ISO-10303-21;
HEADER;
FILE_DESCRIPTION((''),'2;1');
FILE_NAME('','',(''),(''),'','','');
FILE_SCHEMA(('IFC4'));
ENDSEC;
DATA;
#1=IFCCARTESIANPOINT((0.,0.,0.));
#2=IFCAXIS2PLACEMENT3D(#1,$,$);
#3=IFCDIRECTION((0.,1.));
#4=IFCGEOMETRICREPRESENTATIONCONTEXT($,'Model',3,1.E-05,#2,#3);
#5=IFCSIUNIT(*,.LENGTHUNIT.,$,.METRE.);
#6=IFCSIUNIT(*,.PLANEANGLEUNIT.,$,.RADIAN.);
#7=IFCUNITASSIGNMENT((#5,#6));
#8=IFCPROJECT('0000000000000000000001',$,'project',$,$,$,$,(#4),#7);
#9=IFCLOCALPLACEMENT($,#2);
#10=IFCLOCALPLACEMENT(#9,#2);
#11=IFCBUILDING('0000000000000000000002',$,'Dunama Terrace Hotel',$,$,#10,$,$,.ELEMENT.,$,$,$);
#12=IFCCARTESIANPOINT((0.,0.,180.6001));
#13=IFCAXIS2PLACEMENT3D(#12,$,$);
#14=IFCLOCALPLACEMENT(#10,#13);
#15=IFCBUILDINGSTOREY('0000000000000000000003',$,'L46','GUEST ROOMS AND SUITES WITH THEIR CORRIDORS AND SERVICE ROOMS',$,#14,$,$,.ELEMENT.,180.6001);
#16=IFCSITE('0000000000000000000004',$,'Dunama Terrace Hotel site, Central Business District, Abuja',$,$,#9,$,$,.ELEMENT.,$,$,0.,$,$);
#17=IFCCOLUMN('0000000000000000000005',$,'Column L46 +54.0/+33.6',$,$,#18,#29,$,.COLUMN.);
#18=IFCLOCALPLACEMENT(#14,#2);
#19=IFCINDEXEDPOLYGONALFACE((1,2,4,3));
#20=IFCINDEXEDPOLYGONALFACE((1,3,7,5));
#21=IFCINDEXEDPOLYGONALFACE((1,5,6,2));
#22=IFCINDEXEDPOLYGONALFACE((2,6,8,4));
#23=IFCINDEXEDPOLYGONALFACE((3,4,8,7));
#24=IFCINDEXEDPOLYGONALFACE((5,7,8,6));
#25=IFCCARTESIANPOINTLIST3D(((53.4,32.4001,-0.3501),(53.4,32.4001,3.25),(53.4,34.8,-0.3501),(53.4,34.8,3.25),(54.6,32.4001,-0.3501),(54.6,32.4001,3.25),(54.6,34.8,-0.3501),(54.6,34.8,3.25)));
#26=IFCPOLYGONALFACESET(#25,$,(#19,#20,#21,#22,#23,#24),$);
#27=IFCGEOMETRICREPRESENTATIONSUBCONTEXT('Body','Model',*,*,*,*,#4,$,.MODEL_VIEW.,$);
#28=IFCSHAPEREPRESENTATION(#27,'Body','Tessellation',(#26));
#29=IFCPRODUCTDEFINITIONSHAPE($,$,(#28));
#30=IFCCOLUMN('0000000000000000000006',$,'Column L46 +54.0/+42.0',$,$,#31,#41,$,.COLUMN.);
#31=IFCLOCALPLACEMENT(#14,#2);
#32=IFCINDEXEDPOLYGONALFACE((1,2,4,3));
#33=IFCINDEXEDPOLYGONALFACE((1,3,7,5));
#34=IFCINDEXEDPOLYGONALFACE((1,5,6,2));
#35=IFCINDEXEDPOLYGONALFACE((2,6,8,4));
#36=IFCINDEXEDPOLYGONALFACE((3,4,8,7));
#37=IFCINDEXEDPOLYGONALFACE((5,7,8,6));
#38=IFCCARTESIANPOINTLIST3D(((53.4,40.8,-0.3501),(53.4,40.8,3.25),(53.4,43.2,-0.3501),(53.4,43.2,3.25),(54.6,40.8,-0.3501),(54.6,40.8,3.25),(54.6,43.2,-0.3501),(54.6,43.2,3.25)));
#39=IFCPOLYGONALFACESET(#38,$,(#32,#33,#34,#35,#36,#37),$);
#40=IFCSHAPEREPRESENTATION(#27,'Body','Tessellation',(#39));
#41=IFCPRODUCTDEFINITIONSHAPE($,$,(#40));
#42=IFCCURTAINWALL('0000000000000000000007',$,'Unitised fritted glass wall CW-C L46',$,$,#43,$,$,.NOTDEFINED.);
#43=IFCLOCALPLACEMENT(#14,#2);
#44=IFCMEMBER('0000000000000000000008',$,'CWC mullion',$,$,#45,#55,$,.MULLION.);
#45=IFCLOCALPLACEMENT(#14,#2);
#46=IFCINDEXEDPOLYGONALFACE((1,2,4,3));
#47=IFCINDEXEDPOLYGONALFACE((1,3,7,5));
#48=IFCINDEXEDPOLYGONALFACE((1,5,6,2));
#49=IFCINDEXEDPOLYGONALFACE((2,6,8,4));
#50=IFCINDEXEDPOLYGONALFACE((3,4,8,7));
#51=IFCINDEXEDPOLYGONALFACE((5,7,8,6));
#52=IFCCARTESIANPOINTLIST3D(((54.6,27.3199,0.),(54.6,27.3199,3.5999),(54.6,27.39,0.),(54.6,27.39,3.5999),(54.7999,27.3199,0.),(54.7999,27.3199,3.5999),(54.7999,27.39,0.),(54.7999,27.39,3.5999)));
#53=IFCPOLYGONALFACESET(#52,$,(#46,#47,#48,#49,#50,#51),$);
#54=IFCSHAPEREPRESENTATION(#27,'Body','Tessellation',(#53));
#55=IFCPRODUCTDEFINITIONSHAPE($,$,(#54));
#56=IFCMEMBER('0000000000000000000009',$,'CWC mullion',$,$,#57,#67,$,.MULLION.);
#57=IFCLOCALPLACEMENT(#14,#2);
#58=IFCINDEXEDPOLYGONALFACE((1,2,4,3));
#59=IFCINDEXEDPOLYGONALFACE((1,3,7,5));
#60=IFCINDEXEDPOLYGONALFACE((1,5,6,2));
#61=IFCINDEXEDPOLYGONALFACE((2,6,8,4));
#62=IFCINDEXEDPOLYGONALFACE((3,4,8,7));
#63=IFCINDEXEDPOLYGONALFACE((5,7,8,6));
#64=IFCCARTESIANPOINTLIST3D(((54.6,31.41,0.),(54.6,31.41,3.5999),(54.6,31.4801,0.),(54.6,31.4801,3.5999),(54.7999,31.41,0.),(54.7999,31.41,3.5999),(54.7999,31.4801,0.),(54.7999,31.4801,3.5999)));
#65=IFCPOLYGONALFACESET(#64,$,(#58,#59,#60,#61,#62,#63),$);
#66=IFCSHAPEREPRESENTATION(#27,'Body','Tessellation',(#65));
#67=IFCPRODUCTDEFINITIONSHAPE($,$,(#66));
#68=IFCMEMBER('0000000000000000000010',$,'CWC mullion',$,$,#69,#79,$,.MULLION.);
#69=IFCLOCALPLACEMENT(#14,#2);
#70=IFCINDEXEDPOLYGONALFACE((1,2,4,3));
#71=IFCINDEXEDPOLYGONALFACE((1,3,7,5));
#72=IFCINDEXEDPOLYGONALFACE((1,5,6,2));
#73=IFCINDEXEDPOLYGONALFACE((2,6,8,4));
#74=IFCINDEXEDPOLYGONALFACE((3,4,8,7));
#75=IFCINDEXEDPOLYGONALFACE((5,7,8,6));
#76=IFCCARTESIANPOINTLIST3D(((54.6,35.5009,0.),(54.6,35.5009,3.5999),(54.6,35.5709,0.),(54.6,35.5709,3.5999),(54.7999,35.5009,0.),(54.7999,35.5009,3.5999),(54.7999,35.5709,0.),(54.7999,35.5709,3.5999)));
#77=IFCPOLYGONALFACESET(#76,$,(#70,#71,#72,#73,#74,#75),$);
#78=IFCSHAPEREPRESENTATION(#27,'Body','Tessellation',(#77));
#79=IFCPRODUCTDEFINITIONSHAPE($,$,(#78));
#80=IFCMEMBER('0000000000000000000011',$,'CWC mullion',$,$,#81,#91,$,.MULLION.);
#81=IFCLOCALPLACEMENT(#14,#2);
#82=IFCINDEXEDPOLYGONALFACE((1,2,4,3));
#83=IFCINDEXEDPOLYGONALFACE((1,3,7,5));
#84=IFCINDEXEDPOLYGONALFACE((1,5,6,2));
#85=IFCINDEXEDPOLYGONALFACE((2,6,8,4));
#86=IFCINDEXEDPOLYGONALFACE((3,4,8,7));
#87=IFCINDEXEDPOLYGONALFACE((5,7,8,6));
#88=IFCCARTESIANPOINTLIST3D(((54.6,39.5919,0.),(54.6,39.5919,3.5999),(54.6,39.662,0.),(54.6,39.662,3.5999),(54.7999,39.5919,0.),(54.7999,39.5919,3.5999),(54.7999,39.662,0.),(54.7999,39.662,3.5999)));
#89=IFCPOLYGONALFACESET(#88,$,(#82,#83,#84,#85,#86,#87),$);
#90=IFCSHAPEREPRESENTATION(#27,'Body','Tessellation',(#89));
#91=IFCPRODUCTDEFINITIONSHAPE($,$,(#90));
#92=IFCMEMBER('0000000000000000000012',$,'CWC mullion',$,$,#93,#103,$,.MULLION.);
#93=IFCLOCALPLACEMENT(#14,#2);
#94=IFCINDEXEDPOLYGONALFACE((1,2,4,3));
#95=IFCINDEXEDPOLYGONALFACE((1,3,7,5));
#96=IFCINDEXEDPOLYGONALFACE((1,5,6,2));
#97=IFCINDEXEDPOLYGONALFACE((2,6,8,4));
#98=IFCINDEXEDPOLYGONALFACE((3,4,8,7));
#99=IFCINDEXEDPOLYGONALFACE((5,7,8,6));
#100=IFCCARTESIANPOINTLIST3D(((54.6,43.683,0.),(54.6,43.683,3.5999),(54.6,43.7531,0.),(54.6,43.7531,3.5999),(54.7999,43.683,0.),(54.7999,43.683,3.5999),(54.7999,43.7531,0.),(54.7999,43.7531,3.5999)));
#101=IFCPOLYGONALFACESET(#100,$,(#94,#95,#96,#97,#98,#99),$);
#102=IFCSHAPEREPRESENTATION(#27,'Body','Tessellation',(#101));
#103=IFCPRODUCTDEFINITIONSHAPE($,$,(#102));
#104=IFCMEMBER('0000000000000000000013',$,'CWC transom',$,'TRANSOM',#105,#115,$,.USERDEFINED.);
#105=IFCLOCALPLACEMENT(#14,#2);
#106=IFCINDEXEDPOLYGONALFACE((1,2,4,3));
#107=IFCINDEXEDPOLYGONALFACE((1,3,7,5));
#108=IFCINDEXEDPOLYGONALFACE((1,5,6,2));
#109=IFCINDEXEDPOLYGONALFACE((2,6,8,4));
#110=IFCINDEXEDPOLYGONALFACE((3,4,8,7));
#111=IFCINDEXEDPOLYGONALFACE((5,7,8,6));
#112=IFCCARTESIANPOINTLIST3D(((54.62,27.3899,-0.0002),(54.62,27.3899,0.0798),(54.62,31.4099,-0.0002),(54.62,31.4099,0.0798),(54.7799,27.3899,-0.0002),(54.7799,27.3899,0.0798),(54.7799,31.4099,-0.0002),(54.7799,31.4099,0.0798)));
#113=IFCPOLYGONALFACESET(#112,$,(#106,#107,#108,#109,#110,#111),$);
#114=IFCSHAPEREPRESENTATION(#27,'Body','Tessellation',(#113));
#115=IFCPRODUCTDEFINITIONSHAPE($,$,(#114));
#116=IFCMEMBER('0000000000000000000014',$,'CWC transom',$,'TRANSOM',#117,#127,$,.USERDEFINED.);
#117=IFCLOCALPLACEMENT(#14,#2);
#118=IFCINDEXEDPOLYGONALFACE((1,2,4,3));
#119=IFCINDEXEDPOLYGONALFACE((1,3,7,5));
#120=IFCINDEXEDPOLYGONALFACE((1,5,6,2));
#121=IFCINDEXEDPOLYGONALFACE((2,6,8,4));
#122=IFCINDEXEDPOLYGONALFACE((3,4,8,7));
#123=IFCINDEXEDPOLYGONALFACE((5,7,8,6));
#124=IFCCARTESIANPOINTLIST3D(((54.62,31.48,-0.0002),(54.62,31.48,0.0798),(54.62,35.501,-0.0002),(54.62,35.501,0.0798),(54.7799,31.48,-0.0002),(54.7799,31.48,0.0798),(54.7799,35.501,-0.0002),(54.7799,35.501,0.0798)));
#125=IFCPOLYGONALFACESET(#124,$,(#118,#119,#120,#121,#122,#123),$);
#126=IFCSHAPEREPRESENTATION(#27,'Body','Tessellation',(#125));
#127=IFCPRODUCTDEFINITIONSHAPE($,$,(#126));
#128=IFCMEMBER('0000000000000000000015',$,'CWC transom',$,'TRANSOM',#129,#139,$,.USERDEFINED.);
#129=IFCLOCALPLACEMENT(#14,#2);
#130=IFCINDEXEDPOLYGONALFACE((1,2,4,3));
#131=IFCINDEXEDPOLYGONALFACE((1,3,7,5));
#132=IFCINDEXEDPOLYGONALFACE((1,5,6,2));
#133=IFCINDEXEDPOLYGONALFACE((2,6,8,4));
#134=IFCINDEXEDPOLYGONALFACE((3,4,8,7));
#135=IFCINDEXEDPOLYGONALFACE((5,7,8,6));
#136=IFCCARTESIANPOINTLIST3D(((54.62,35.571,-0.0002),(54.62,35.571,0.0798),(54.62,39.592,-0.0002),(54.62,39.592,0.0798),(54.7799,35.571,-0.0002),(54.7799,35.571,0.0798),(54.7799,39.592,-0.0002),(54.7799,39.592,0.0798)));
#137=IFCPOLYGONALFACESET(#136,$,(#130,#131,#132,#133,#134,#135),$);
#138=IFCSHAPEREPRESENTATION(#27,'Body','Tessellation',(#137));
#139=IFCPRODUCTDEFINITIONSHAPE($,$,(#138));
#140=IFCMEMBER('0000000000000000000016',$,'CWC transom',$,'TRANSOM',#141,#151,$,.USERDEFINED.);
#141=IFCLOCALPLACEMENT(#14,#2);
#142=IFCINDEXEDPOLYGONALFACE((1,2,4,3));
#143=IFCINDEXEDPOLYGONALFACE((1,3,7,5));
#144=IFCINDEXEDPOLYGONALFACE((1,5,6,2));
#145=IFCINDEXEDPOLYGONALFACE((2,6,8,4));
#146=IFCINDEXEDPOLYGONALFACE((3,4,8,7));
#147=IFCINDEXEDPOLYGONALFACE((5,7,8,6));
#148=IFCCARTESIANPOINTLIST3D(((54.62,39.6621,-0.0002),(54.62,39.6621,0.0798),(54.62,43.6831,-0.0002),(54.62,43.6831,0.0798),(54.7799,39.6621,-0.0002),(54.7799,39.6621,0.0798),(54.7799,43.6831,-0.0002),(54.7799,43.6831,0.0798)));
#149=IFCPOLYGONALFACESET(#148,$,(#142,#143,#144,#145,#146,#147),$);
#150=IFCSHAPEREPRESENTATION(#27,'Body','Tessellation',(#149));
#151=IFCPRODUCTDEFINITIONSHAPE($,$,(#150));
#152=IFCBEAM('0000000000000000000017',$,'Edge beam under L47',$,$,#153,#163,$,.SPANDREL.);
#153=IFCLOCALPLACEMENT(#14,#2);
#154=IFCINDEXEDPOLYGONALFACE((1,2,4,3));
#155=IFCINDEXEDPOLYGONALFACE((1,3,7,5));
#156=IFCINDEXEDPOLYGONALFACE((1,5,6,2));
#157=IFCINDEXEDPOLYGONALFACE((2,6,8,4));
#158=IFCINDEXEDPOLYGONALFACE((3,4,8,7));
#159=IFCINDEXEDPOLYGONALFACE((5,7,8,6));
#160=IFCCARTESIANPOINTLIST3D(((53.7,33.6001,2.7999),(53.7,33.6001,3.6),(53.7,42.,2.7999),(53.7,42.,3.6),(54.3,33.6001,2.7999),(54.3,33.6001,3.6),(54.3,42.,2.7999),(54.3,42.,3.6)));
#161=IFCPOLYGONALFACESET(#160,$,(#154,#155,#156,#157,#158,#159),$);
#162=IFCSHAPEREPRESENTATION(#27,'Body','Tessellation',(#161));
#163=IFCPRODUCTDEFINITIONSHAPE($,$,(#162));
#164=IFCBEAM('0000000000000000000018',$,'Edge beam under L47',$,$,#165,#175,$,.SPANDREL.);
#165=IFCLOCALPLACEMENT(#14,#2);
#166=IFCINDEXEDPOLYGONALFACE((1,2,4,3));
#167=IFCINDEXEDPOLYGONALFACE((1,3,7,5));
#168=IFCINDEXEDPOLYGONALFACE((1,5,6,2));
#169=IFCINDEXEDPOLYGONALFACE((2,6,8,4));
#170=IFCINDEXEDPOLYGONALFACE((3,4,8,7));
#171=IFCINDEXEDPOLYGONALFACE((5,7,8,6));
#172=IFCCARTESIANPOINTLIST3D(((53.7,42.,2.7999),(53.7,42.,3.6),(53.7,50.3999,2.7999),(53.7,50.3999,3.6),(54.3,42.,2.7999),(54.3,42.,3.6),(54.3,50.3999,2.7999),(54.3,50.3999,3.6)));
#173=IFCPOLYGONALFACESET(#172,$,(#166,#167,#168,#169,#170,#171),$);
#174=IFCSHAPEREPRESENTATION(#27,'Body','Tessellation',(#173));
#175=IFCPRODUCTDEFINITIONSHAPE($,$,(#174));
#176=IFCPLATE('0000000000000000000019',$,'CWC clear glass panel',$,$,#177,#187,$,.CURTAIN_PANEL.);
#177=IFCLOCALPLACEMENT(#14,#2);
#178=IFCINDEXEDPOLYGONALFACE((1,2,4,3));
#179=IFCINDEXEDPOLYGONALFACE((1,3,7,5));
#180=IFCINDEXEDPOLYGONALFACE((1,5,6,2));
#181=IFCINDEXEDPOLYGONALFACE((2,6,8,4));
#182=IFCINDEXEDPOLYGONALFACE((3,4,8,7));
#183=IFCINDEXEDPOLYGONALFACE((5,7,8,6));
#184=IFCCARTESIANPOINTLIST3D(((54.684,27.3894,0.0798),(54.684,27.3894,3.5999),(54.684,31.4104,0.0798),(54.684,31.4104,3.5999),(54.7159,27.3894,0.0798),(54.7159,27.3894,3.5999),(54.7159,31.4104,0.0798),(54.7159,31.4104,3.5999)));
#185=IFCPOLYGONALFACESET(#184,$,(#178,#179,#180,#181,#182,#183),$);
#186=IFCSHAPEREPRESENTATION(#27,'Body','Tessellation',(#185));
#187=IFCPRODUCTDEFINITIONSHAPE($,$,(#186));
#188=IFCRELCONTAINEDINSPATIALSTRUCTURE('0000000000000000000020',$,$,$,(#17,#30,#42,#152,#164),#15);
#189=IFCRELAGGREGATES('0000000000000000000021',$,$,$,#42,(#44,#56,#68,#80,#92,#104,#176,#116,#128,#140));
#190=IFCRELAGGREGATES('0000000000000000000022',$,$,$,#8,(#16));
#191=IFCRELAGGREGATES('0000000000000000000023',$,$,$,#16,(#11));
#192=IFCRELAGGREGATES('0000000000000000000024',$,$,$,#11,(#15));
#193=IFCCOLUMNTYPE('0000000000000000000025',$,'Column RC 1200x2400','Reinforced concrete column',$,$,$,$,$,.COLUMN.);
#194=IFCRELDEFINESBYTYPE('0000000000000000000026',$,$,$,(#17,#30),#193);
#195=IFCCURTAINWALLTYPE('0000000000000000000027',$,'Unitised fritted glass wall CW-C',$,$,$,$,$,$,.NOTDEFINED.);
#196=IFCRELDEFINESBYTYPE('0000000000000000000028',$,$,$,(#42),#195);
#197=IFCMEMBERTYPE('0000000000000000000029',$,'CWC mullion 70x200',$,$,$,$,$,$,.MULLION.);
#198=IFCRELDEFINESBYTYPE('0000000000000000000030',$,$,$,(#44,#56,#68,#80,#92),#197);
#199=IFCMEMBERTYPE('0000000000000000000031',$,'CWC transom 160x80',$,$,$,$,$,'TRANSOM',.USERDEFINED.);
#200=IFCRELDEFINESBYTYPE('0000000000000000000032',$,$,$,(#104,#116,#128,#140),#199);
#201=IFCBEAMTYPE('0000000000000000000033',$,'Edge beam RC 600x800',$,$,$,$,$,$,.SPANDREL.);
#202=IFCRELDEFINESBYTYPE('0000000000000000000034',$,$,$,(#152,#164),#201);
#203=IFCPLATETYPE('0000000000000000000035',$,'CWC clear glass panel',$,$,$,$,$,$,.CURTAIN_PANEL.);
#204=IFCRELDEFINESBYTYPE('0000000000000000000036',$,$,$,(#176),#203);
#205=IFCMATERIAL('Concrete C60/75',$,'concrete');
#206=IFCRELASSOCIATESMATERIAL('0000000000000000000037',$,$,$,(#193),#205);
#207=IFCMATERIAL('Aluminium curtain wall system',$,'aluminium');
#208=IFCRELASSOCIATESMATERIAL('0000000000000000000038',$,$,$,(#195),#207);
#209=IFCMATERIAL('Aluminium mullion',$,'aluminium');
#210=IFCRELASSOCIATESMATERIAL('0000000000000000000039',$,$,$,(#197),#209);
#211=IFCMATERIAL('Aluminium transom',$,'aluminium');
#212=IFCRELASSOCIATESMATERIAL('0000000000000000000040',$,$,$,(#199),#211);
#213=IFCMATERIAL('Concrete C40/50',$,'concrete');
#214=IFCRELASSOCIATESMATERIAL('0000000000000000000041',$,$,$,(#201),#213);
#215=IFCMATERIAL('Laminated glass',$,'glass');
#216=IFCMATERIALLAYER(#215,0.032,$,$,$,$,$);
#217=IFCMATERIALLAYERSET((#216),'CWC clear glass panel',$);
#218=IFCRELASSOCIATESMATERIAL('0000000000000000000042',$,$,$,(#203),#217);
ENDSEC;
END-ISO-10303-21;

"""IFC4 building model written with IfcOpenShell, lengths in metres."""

from ifc_helpers import new_model, si_unit, direction, frame, origin, origin_2d, place, context, subcontext, project, spatial, rectangle, extrude, material, layer, layer_set, material_profile, profile_set, type_object, element, aggregate, save


model = new_model("IFC4")

# Units and contexts
model_context = context("Model", 3, precision=1e-05, world=origin(), true_north=direction((0.0, 1.0)))
body_context = subcontext(model_context, "Body", "Model", "MODEL_VIEW")
ifc_project = project(units=[si_unit("LENGTHUNIT", "METRE"), si_unit("PLANEANGLEUNIT", "RADIAN")], contexts=[model_context])

# Site, building, storey
site_placement = place(None, origin())
site = spatial("IfcSite", under=ifc_project, at=site_placement, Name="Dunama Terrace Hotel site, Central Business District, Abuja", CompositionType="ELEMENT", RefElevation=0.0)
building_placement = place(site_placement, origin())
building = spatial("IfcBuilding", under=site, at=building_placement, Name="Dunama Terrace Hotel", CompositionType="ELEMENT")
storey_placement = place(building_placement, frame((0.0, 0.0, 180.6001)))
storey = spatial("IfcBuildingStorey", under=building, at=storey_placement, Name="L46", Description="GUEST ROOMS AND SUITES WITH THEIR CORRIDORS AND SERVICE ROOMS", CompositionType="ELEMENT", Elevation=180.6001)

# Columns
ifc_material_1 = material(Name="Concrete C60/75", Category="concrete")
ifc_material_profile_1 = material_profile(ifc_material_1, rectangle(XDim=1.2, YDim=2.3999, at=origin_2d()), Name="RC 1200x2400")
ifc_profile_set_1 = profile_set([ifc_material_profile_1], Name="Concrete C60/75")
column_type = type_object("IfcColumnType", Name="Column RC 1200x2400", Description="Reinforced concrete column", PredefinedType="COLUMN", material=ifc_profile_set_1)
for number, where, z_axis, x_axis, name in (
    (1, (54.0, 33.6001, -0.3501), (0.0, 0.0, 1.0), (1.0, 0.0, 0.0), "Column L46 +54.0/+33.6"),
    (2, (54.0, 42.0, -0.3501), (0.0, 0.0, 1.0), (1.0, 0.0, 0.0), "Column L46 +54.0/+42.0"),
):
    element("IfcColumn", number, at=place(storey_placement, frame(where, z_axis=z_axis, x_axis=x_axis)), inside=storey, type_object=column_type, Name=name, PredefinedType="COLUMN", context=body_context, shape_type="SweptSolid", body=[
        extrude(rectangle(XDim=1.2, YDim=2.3999, at=origin_2d()), origin(), (0.0, 0.0, 1.0), 3.6001),
    ])

# Curtain wall, members
ifc_material_2 = material(Name="Aluminium curtain wall system", Category="aluminium")
curtain_wall_type = type_object("IfcCurtainWallType", Name="Unitised fritted glass wall CW-C", PredefinedType="NOTDEFINED", material=ifc_material_2)
curtain_wall_placement = place(storey_placement, origin())
curtain_wall = element("IfcCurtainWall", 3, at=curtain_wall_placement, inside=storey, type_object=curtain_wall_type, Name="Unitised fritted glass wall CW-C L46", PredefinedType="NOTDEFINED")
ifc_material_3 = material(Name="Aluminium mullion", Category="aluminium")
ifc_material_profile_2 = material_profile(ifc_material_3, rectangle(XDim=0.0701, YDim=0.2, at=origin_2d()), Name="CWC MULLION 70X200")
ifc_profile_set_2 = profile_set([ifc_material_profile_2], Name="Aluminium mullion")
member_type_1 = type_object("IfcMemberType", Name="CWC mullion 70x200", PredefinedType="MULLION", material=ifc_profile_set_2)
member_1_placement = place(storey_placement, frame((54.7, 27.355, 0.0), z_axis=(0.0, 0.0, 1.0), x_axis=(0.0, 1.0, 0.0)))
member_1 = element("IfcMember", 4, at=member_1_placement, type_object=member_type_1, Name="CWC mullion", PredefinedType="MULLION", context=body_context, shape_type="SweptSolid", body=[
    extrude(rectangle(XDim=0.0701, YDim=0.2, at=origin_2d()), origin(), (0.0, 0.0, 1.0), 3.5999),
])
member_2_placement = place(storey_placement, frame((54.7, 31.4451, 0.0), z_axis=(0.0, 0.0, 1.0), x_axis=(0.0, 1.0, 0.0)))
member_2 = element("IfcMember", 5, at=member_2_placement, type_object=member_type_1, Name="CWC mullion", PredefinedType="MULLION", context=body_context, shape_type="SweptSolid", body=[
    extrude(rectangle(XDim=0.0701, YDim=0.2, at=origin_2d()), origin(), (0.0, 0.0, 1.0), 3.5999),
])
member_3_placement = place(storey_placement, frame((54.7, 35.5359, 0.0), z_axis=(0.0, 0.0, 1.0), x_axis=(0.0, 1.0, 0.0)))
member_3 = element("IfcMember", 6, at=member_3_placement, type_object=member_type_1, Name="CWC mullion", PredefinedType="MULLION", context=body_context, shape_type="SweptSolid", body=[
    extrude(rectangle(XDim=0.0701, YDim=0.2, at=origin_2d()), origin(), (0.0, 0.0, 1.0), 3.5999),
])
member_4_placement = place(storey_placement, frame((54.7, 39.627, 0.0), z_axis=(0.0, 0.0, 1.0), x_axis=(0.0, 1.0, 0.0)))
member_4 = element("IfcMember", 7, at=member_4_placement, type_object=member_type_1, Name="CWC mullion", PredefinedType="MULLION", context=body_context, shape_type="SweptSolid", body=[
    extrude(rectangle(XDim=0.0701, YDim=0.2, at=origin_2d()), origin(), (0.0, 0.0, 1.0), 3.5999),
])
member_5_placement = place(storey_placement, frame((54.7, 43.718, 0.0), z_axis=(0.0, 0.0, 1.0), x_axis=(0.0, 1.0, 0.0)))
member_5 = element("IfcMember", 8, at=member_5_placement, type_object=member_type_1, Name="CWC mullion", PredefinedType="MULLION", context=body_context, shape_type="SweptSolid", body=[
    extrude(rectangle(XDim=0.0701, YDim=0.2, at=origin_2d()), origin(), (0.0, 0.0, 1.0), 3.5999),
])
ifc_material_4 = material(Name="Aluminium transom", Category="aluminium")
ifc_material_profile_3 = material_profile(ifc_material_4, rectangle(XDim=0.1599, YDim=0.0801, at=origin_2d()), Name="CWC TRANSOM 160X80")
ifc_profile_set_3 = profile_set([ifc_material_profile_3], Name="Aluminium transom")
member_type_2 = type_object("IfcMemberType", Name="CWC transom 160x80", ElementType="TRANSOM", PredefinedType="USERDEFINED", material=ifc_profile_set_3)
member_6_placement = place(storey_placement, frame((54.7, 27.3899, 0.0398), z_axis=(0.0, 1.0, 0.0), x_axis=(-1.0, 0.0, 0.0)))
member_6 = element("IfcMember", 9, at=member_6_placement, type_object=member_type_2, Name="CWC transom", ObjectType="TRANSOM", PredefinedType="USERDEFINED", context=body_context, shape_type="SweptSolid", body=[
    extrude(rectangle(XDim=0.1599, YDim=0.0801, at=origin_2d()), origin(), (0.0, 0.0, 1.0), 4.02),
])
member_7_placement = place(storey_placement, frame((54.7, 31.48, 0.0398), z_axis=(0.0, 1.0, 0.0), x_axis=(-1.0, 0.0, 0.0)))
member_7 = element("IfcMember", 10, at=member_7_placement, type_object=member_type_2, Name="CWC transom", ObjectType="TRANSOM", PredefinedType="USERDEFINED", context=body_context, shape_type="SweptSolid", body=[
    extrude(rectangle(XDim=0.1599, YDim=0.0801, at=origin_2d()), origin(), (0.0, 0.0, 1.0), 4.021),
])
member_8_placement = place(storey_placement, frame((54.7, 35.571, 0.0398), z_axis=(0.0, 1.0, 0.0), x_axis=(-1.0, 0.0, 0.0)))
member_8 = element("IfcMember", 11, at=member_8_placement, type_object=member_type_2, Name="CWC transom", ObjectType="TRANSOM", PredefinedType="USERDEFINED", context=body_context, shape_type="SweptSolid", body=[
    extrude(rectangle(XDim=0.1599, YDim=0.0801, at=origin_2d()), origin(), (0.0, 0.0, 1.0), 4.021),
])
member_9_placement = place(storey_placement, frame((54.7, 39.6621, 0.0398), z_axis=(0.0, 1.0, 0.0), x_axis=(-1.0, 0.0, 0.0)))
member_9 = element("IfcMember", 12, at=member_9_placement, type_object=member_type_2, Name="CWC transom", ObjectType="TRANSOM", PredefinedType="USERDEFINED", context=body_context, shape_type="SweptSolid", body=[
    extrude(rectangle(XDim=0.1599, YDim=0.0801, at=origin_2d()), origin(), (0.0, 0.0, 1.0), 4.021),
])

# Beams
ifc_material_5 = material(Name="Concrete C40/50", Category="concrete")
ifc_material_profile_4 = material_profile(ifc_material_5, rectangle(XDim=0.6001, YDim=0.8, at=origin_2d()), Name="RC 600x800")
ifc_profile_set_4 = profile_set([ifc_material_profile_4], Name="Concrete C40/50")
beam_type = type_object("IfcBeamType", Name="Edge beam RC 600x800", PredefinedType="SPANDREL", material=ifc_profile_set_4)
for number, where, z_axis, x_axis, name in (
    (13, (54.0, 33.6001, 3.2), (0.0, 1.0, 0.0), (-1.0, 0.0, 0.0), "Edge beam under L47"),
    (14, (54.0, 42.0, 3.2), (0.0, 1.0, 0.0), (-1.0, 0.0, 0.0), "Edge beam under L47"),
):
    element("IfcBeam", number, at=place(storey_placement, frame(where, z_axis=z_axis, x_axis=x_axis)), inside=storey, type_object=beam_type, Name=name, PredefinedType="SPANDREL", context=body_context, shape_type="SweptSolid", body=[
        extrude(rectangle(XDim=0.6001, YDim=0.8, at=origin_2d()), origin(), (0.0, 0.0, 1.0), 8.3999),
    ])

# Plate
ifc_material_6 = material(Name="Laminated glass", Category="glass")
ifc_layer_1 = layer(ifc_material_6, 0.032)
ifc_layer_set_1 = layer_set([ifc_layer_1], Name="CWC clear glass panel")
plate_type_1 = type_object("IfcPlateType", Name="CWC clear glass panel", PredefinedType="CURTAIN_PANEL", material=ifc_layer_set_1)
plate_1_placement = place(storey_placement, frame((54.7, 29.3999, 0.0798), z_axis=(0.0, 0.0, 1.0), x_axis=(0.0, 1.0, 0.0)))
plate_1 = element("IfcPlate", 15, at=plate_1_placement, type_object=plate_type_1, Name="CWC clear glass panel", PredefinedType="CURTAIN_PANEL", context=body_context, shape_type="SweptSolid", body=[
    extrude(rectangle(XDim=4.021, YDim=0.032, at=origin_2d()), origin(), (0.0, 0.0, 1.0), 3.52),
])
aggregate(curtain_wall, [member_1, member_2, member_3, member_4, member_5, member_6, plate_1, member_7, member_8, member_9])

save(model, "model.ifc")
